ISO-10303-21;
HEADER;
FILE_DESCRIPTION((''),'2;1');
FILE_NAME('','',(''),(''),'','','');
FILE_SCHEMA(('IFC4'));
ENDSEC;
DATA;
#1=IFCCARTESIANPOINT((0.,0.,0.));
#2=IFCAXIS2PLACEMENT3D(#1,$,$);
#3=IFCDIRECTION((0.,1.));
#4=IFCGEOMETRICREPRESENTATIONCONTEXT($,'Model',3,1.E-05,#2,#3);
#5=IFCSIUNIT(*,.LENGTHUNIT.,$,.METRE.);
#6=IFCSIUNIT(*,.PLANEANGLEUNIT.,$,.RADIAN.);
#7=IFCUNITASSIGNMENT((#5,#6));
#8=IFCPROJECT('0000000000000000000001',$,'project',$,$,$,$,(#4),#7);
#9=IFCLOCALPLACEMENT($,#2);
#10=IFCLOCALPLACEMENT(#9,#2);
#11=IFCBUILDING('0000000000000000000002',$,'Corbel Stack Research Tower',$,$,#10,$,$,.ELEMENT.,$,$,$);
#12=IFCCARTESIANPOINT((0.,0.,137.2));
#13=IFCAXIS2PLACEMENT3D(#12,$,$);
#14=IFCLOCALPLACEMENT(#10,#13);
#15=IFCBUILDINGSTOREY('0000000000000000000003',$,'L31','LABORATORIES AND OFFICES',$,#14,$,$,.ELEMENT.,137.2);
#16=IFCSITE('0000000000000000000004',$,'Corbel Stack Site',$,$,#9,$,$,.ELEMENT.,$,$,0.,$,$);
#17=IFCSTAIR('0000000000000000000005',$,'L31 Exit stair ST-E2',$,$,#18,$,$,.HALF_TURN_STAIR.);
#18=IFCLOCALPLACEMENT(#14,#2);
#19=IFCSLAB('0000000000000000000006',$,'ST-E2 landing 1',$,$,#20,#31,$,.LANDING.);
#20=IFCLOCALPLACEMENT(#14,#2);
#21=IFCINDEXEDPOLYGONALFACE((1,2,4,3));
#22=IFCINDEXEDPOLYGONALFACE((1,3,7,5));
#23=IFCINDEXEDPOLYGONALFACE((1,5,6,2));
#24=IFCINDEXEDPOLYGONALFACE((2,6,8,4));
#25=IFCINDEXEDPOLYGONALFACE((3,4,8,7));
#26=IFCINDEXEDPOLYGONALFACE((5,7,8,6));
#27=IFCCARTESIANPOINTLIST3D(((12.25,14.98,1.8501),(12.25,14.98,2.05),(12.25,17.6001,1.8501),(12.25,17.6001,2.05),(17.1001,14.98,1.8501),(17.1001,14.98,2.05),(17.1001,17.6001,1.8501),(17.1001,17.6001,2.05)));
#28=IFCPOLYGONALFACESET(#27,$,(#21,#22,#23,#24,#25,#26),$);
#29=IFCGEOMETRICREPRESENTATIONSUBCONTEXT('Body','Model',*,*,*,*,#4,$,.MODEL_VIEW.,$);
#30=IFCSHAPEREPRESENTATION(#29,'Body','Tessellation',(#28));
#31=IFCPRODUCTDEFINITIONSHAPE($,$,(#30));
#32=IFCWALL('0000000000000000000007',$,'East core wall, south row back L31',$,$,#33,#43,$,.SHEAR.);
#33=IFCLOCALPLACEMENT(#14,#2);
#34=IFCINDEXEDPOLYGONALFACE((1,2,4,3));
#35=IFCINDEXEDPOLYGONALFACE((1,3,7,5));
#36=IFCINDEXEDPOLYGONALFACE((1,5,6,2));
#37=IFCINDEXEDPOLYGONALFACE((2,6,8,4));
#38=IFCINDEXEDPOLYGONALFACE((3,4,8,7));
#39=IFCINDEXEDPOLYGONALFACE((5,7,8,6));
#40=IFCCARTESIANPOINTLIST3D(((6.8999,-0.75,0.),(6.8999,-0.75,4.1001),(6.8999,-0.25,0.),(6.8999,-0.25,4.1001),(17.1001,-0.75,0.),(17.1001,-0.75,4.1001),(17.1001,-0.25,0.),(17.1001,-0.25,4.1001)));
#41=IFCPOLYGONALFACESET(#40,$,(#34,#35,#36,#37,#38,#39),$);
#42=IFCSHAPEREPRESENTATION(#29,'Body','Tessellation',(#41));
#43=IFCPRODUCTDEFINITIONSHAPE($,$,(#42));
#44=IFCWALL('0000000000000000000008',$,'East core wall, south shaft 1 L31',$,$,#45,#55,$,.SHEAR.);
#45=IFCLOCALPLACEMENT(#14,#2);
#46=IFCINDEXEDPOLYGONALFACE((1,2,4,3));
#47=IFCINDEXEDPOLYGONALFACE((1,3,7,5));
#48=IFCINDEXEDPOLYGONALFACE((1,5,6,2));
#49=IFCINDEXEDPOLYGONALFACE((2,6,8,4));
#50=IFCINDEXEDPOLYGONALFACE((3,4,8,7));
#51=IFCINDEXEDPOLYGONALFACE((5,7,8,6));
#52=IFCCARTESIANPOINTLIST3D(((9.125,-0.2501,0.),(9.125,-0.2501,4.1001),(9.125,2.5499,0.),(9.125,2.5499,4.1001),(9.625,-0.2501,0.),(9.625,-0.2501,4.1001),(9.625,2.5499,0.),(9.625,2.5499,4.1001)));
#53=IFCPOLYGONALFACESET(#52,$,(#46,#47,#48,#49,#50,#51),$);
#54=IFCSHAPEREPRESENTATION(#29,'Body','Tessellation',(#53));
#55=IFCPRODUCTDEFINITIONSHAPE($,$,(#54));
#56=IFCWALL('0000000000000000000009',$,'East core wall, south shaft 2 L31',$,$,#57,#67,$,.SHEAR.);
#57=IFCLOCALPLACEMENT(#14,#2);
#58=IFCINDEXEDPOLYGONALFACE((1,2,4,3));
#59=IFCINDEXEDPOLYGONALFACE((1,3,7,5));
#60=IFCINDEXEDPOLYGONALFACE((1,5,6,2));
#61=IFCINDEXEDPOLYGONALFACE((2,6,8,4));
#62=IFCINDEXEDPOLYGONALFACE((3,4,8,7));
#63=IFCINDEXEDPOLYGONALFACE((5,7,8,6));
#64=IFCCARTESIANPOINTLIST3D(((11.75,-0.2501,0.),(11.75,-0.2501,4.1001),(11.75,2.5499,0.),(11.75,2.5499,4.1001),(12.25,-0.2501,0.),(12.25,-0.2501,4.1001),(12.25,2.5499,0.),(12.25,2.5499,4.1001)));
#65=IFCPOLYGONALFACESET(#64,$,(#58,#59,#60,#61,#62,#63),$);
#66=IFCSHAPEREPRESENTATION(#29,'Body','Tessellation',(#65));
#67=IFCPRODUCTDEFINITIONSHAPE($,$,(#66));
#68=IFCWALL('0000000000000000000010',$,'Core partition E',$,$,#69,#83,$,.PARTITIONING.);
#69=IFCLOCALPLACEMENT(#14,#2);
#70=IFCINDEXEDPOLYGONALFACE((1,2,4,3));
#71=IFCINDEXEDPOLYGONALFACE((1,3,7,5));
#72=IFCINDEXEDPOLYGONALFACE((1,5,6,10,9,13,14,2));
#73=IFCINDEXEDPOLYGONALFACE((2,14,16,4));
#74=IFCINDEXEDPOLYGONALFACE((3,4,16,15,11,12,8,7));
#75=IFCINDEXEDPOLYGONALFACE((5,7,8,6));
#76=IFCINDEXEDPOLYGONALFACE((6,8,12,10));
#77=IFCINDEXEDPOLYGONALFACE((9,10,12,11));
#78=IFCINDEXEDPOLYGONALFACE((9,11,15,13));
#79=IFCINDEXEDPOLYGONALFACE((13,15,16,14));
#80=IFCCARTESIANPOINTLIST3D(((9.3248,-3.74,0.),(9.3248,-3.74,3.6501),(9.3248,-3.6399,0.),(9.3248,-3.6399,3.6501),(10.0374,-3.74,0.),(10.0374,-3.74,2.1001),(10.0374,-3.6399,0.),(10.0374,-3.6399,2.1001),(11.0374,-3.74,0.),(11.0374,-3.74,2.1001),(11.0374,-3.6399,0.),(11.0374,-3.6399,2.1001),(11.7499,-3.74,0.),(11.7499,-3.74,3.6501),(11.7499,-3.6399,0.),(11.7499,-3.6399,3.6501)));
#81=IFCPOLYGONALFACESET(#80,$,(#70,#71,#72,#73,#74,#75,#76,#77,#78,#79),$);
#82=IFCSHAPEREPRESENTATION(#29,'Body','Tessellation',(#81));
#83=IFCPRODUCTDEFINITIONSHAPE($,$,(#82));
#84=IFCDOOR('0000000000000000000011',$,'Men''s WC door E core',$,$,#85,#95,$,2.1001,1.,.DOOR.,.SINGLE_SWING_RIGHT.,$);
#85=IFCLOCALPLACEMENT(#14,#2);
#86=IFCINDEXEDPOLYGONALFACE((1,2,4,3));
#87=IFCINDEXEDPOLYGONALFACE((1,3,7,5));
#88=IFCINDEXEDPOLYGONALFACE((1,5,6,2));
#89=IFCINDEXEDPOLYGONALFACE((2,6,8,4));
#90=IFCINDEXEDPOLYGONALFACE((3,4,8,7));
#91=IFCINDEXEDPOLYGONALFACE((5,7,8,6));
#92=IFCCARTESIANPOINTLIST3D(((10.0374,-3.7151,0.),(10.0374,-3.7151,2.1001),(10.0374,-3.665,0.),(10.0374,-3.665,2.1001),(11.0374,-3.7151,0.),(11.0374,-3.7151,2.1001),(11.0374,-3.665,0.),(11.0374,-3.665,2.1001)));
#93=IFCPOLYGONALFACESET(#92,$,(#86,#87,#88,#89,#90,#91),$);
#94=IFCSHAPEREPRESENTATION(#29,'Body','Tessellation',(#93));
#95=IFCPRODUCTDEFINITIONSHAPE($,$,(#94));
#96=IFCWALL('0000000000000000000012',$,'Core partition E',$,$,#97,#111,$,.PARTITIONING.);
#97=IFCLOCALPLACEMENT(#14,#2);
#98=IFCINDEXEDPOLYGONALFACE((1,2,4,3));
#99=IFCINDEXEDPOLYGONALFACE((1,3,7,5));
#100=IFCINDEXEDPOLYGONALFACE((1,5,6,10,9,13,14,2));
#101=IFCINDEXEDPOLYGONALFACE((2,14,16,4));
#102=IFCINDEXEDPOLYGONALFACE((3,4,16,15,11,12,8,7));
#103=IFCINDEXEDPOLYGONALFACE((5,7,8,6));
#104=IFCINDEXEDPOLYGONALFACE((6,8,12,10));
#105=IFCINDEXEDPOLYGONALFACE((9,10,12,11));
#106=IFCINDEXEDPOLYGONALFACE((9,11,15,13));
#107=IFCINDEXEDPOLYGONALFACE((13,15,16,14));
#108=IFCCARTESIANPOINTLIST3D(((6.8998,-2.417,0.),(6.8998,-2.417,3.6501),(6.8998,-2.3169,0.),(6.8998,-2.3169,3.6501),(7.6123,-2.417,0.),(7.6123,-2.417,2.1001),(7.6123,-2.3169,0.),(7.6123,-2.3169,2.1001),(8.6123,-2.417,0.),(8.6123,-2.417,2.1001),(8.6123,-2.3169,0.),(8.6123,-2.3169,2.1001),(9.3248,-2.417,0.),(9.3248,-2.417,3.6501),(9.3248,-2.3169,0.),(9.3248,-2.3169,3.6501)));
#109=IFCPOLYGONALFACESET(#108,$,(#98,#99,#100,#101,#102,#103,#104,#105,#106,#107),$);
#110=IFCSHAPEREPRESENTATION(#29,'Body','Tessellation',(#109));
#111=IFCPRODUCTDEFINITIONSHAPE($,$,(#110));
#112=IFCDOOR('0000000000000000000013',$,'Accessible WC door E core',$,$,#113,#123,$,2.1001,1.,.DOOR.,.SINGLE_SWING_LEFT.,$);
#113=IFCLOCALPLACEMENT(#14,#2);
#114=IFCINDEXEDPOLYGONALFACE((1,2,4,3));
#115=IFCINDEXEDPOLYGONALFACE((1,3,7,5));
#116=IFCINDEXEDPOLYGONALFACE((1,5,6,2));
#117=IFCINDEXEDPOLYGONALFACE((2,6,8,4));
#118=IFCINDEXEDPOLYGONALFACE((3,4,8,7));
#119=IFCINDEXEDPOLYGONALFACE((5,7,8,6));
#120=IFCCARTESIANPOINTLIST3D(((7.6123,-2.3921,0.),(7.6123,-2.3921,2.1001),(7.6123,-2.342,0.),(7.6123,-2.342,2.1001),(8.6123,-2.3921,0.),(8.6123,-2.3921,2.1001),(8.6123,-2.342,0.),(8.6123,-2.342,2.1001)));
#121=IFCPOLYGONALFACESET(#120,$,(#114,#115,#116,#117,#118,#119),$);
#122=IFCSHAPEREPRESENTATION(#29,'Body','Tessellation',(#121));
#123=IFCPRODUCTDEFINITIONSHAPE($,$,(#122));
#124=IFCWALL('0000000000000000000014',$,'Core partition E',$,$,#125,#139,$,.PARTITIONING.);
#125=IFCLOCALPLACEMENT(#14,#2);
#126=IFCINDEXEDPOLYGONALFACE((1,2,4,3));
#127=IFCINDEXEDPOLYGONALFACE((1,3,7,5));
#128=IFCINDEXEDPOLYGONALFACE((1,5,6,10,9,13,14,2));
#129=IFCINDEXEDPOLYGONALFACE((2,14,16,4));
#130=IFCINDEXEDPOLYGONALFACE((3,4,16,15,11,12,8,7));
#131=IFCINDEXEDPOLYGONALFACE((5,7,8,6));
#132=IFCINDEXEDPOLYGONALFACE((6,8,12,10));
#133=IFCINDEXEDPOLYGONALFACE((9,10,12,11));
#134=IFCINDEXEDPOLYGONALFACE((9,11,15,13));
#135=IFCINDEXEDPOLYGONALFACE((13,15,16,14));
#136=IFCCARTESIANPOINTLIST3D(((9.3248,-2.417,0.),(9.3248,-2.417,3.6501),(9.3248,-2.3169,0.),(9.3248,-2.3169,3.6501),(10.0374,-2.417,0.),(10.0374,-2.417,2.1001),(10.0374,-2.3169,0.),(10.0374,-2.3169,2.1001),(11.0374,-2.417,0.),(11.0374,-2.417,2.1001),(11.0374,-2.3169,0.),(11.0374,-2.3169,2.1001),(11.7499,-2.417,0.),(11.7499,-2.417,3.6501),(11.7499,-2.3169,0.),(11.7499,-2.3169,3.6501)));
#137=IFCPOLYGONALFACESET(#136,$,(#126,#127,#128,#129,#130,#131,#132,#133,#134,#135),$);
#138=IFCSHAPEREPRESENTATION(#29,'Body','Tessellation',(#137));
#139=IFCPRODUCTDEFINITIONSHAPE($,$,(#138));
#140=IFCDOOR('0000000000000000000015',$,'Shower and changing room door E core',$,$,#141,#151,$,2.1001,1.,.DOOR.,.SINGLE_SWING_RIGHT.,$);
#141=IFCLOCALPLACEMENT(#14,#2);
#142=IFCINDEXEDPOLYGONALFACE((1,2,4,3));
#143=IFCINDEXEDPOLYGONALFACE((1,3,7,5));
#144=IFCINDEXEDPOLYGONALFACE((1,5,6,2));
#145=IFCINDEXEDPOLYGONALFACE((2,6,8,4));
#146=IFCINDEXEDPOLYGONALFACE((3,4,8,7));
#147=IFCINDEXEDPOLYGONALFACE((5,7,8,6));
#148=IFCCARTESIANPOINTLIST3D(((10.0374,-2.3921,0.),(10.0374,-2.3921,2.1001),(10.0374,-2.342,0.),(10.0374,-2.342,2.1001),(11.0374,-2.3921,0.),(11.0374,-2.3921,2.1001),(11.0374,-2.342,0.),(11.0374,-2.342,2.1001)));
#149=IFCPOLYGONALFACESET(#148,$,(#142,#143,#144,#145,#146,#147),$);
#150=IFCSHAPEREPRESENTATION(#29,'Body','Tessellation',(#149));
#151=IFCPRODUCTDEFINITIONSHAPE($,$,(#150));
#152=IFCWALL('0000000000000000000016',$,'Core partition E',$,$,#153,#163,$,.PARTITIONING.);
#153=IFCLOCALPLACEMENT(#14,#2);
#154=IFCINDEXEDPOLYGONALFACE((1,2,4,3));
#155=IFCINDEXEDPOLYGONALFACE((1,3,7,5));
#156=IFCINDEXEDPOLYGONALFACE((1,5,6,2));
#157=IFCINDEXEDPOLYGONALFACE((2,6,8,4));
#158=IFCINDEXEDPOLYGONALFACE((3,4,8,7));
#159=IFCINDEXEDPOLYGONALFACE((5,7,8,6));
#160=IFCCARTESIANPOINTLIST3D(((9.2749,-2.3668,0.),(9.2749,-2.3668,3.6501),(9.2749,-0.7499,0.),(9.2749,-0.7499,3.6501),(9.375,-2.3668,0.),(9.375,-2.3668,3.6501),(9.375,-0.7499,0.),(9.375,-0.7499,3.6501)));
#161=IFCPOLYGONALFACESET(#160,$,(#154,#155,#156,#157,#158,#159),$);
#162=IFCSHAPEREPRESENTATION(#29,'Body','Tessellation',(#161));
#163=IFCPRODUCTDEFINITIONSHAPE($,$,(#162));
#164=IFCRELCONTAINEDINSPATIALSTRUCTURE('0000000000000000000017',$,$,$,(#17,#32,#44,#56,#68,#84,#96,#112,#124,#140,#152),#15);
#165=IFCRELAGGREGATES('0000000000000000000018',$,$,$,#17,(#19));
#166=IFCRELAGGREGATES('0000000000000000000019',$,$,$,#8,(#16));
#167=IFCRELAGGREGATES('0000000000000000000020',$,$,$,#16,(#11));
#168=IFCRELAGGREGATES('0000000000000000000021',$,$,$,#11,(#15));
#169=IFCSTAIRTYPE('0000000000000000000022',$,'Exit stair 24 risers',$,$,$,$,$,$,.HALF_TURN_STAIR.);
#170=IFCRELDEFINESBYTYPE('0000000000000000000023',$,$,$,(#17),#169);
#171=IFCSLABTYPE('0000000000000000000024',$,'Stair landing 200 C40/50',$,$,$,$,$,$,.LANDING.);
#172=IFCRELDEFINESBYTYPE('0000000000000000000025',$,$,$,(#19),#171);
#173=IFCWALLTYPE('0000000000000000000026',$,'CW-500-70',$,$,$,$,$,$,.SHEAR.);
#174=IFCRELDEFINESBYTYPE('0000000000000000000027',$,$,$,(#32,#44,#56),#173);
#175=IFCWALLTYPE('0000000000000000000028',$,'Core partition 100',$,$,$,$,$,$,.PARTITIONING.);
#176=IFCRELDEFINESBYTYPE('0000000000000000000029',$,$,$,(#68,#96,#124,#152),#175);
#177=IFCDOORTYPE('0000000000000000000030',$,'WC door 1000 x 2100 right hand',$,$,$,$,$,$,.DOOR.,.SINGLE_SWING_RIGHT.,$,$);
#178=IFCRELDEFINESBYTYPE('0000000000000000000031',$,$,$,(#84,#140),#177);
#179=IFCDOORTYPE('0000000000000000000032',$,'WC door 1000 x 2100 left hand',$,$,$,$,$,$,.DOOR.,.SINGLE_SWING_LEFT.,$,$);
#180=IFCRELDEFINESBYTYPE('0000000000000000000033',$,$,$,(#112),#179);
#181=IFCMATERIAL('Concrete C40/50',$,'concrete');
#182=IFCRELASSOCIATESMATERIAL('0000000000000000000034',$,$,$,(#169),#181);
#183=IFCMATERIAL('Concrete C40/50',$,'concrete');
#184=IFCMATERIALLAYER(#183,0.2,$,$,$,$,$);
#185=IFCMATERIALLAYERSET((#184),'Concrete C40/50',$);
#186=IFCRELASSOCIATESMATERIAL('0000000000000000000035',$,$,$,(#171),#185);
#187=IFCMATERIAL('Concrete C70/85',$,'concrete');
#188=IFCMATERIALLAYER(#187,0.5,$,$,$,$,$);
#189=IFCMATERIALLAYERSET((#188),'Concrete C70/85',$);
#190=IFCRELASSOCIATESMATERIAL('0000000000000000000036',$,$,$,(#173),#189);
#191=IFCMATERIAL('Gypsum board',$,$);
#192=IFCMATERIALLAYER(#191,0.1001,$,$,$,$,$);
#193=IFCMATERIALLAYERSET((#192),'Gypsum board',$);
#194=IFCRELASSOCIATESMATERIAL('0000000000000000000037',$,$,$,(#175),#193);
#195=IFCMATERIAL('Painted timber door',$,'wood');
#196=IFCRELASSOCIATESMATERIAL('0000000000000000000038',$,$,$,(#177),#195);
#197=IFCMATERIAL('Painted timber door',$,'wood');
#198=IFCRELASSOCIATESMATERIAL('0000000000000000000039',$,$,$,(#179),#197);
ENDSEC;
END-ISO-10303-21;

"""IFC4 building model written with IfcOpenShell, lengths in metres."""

from ifc_helpers import new_model, si_unit, direction, frame, frame_2d, origin, place, context, subcontext, project, spatial, polyline, rectangle, outline, extrude, material, layer, layer_set, type_object, element, fill, aggregate, save


model = new_model("IFC4")

# Units and contexts
model_context = context("Model", 3, precision=1e-05, world=origin(), true_north=direction((0.0, 1.0)))
body_context = subcontext(model_context, "Body", "Model", "MODEL_VIEW")
ifc_project = project(units=[si_unit("LENGTHUNIT", "METRE"), si_unit("PLANEANGLEUNIT", "RADIAN")], contexts=[model_context])

# Site, building, storey
site_placement = place(None, origin())
site = spatial("IfcSite", under=ifc_project, at=site_placement, Name="Corbel Stack Site", CompositionType="ELEMENT", RefElevation=0.0)
building_placement = place(site_placement, origin())
building = spatial("IfcBuilding", under=site, at=building_placement, Name="Corbel Stack Research Tower", CompositionType="ELEMENT")
storey_placement = place(building_placement, frame((0.0, 0.0, 137.2)))
storey = spatial("IfcBuildingStorey", under=building, at=storey_placement, Name="L31", Description="LABORATORIES AND OFFICES", CompositionType="ELEMENT", Elevation=137.2)

# Stair, slab
ifc_material_1 = material(Name="Concrete C40/50", Category="concrete")
stair_type = type_object("IfcStairType", Name="Exit stair 24 risers", PredefinedType="HALF_TURN_STAIR", material=ifc_material_1)
ifc_material_2 = material(Name="Concrete C40/50", Category="concrete")
ifc_layer_1 = layer(ifc_material_2, 0.2)
ifc_layer_set_1 = layer_set([ifc_layer_1], Name="Concrete C40/50")
slab_type_1 = type_object("IfcSlabType", Name="Stair landing 200 C40/50", PredefinedType="LANDING", material=ifc_layer_set_1)
stair_1_placement = place(storey_placement, origin())
stair_1 = element("IfcStair", 1, at=stair_1_placement, inside=storey, type_object=stair_type, Name="L31 Exit stair ST-E2", PredefinedType="HALF_TURN_STAIR")
slab_1_placement = place(storey_placement, frame((0.0, 0.0, 1.8501)))
slab_1 = element("IfcSlab", 2, at=slab_1_placement, type_object=slab_type_1, Name="ST-E2 landing 1", PredefinedType="LANDING", context=body_context, shape_type="SweptSolid", body=[
    extrude(outline(polyline([(12.25, 14.98), (12.25, 17.6001), (17.1001, 17.6001), (17.1001, 14.98), (12.25, 14.98)])), origin(), (0.0, 0.0, 1.0), 0.2),
])
aggregate(stair_1, [slab_1])

# Walls
ifc_material_3 = material(Name="Concrete C70/85", Category="concrete")
ifc_layer_2 = layer(ifc_material_3, 0.5)
ifc_layer_set_2 = layer_set([ifc_layer_2], Name="Concrete C70/85")
wall_type_1 = type_object("IfcWallType", Name="CW-500-70", PredefinedType="SHEAR", material=ifc_layer_set_2)
wall_1_placement = place(storey_placement, frame((6.8999, -0.5, 0.0), z_axis=(0.0, 0.0, 1.0), x_axis=(1.0, 0.0, 0.0)))
element("IfcWall", 3, at=wall_1_placement, inside=storey, type_object=wall_type_1, Name="East core wall, south row back L31", PredefinedType="SHEAR", context=body_context, shape_type="SweptSolid", body=[
    extrude(rectangle(XDim=10.2002, YDim=0.5, at=frame_2d((5.1001, 0.0))), origin(), (0.0, 0.0, 1.0), 4.1001),
])
for number, where, z_axis, x_axis, name in (
    (4, (9.375, -0.25, 0.0), (0.0, 0.0, 1.0), (0.0, 1.0, 0.0), "East core wall, south shaft 1 L31"),
    (5, (12.0, -0.25, 0.0), (0.0, 0.0, 1.0), (0.0, 1.0, 0.0), "East core wall, south shaft 2 L31"),
):
    element("IfcWall", number, at=place(storey_placement, frame(where, z_axis=z_axis, x_axis=x_axis)), inside=storey, type_object=wall_type_1, Name=name, PredefinedType="SHEAR", context=body_context, shape_type="SweptSolid", body=[
        extrude(rectangle(XDim=2.8, YDim=0.5, at=frame_2d((1.3999, 0.0))), origin(), (0.0, 0.0, 1.0), 4.1001),
    ])

# Walls, openings, doors
ifc_material_4 = material(Name="Gypsum board")
ifc_layer_3 = layer(ifc_material_4, 0.1001)
ifc_layer_set_3 = layer_set([ifc_layer_3], Name="Gypsum board")
wall_type_2 = type_object("IfcWallType", Name="Core partition 100", PredefinedType="PARTITIONING", material=ifc_layer_set_3)
wall_2_placement = place(storey_placement, frame((9.325, -3.6899, 0.0), z_axis=(0.0, 0.0, 1.0), x_axis=(1.0, 0.0, 0.0)))
wall_2 = element("IfcWall", 6, at=wall_2_placement, inside=storey, type_object=wall_type_2, Name="Core partition E", PredefinedType="PARTITIONING", context=body_context, shape_type="SweptSolid", body=[
    extrude(rectangle(XDim=2.425, YDim=0.1001, at=frame_2d((1.2124, 0.0))), origin(), (0.0, 0.0, 1.0), 3.6501),
])
opening_1_placement = place(wall_2_placement, frame((0.7124, 0.0, 0.0)))
opening_1 = element("IfcOpeningElement", 7, at=opening_1_placement, cuts=wall_2, PredefinedType="OPENING", context=body_context, shape_type="SweptSolid", body=[
    extrude(rectangle(XDim=1.0, YDim=2.1001, at=frame_2d((0.5, 1.05))), frame((0.0, 0.0601, 0.0), z_axis=(0.0, -1.0, 0.0), x_axis=(1.0, 0.0, 0.0)), (0.0, 0.0, 1.0), 0.1201),
])
ifc_material_5 = material(Name="Painted timber door", Category="wood")
door_type_1 = type_object("IfcDoorType", Name="WC door 1000 x 2100 right hand", OperationType="SINGLE_SWING_RIGHT", PredefinedType="DOOR", material=ifc_material_5)
door_1_placement = place(opening_1_placement, origin())
door_1 = element("IfcDoor", 8, at=door_1_placement, inside=storey, type_object=door_type_1, Name="Men's WC door E core", OperationType="SINGLE_SWING_RIGHT", OverallHeight=2.1001, OverallWidth=1.0, PredefinedType="DOOR", context=body_context, shape_type="SweptSolid", body=[
    extrude(rectangle(XDim=1.0, YDim=2.1001, at=frame_2d((0.5, 1.05))), frame((0.0, 0.0249, 0.0), z_axis=(0.0, -1.0, 0.0), x_axis=(1.0, 0.0, 0.0)), (0.0, 0.0, 1.0), 0.05),
])
fill(opening_1, door_1)
wall_3_placement = place(storey_placement, frame((6.8999, -2.3669, 0.0), z_axis=(0.0, 0.0, 1.0), x_axis=(1.0, 0.0, 0.0)))
wall_3 = element("IfcWall", 9, at=wall_3_placement, inside=storey, type_object=wall_type_2, Name="Core partition E", PredefinedType="PARTITIONING", context=body_context, shape_type="SweptSolid", body=[
    extrude(rectangle(XDim=2.425, YDim=0.1001, at=frame_2d((1.2124, 0.0))), origin(), (0.0, 0.0, 1.0), 3.6501),
])
opening_2_placement = place(wall_3_placement, frame((0.7124, 0.0, 0.0)))
opening_2 = element("IfcOpeningElement", 10, at=opening_2_placement, cuts=wall_3, PredefinedType="OPENING", context=body_context, shape_type="SweptSolid", body=[
    extrude(rectangle(XDim=1.0, YDim=2.1001, at=frame_2d((0.5, 1.05))), frame((0.0, 0.0601, 0.0), z_axis=(0.0, -1.0, 0.0), x_axis=(1.0, 0.0, 0.0)), (0.0, 0.0, 1.0), 0.1201),
])
ifc_material_6 = material(Name="Painted timber door", Category="wood")
door_type_2 = type_object("IfcDoorType", Name="WC door 1000 x 2100 left hand", OperationType="SINGLE_SWING_LEFT", PredefinedType="DOOR", material=ifc_material_6)
door_2_placement = place(opening_2_placement, origin())
door_2 = element("IfcDoor", 11, at=door_2_placement, inside=storey, type_object=door_type_2, Name="Accessible WC door E core", OperationType="SINGLE_SWING_LEFT", OverallHeight=2.1001, OverallWidth=1.0, PredefinedType="DOOR", context=body_context, shape_type="SweptSolid", body=[
    extrude(rectangle(XDim=1.0, YDim=2.1001, at=frame_2d((0.5, 1.05))), frame((0.0, 0.0249, 0.0), z_axis=(0.0, -1.0, 0.0), x_axis=(1.0, 0.0, 0.0)), (0.0, 0.0, 1.0), 0.05),
])
fill(opening_2, door_2)
wall_4_placement = place(storey_placement, frame((9.325, -2.3669, 0.0), z_axis=(0.0, 0.0, 1.0), x_axis=(1.0, 0.0, 0.0)))
wall_4 = element("IfcWall", 12, at=wall_4_placement, inside=storey, type_object=wall_type_2, Name="Core partition E", PredefinedType="PARTITIONING", context=body_context, shape_type="SweptSolid", body=[
    extrude(rectangle(XDim=2.425, YDim=0.1001, at=frame_2d((1.2124, 0.0))), origin(), (0.0, 0.0, 1.0), 3.6501),
])
opening_3_placement = place(wall_4_placement, frame((0.7124, 0.0, 0.0)))
opening_3 = element("IfcOpeningElement", 13, at=opening_3_placement, cuts=wall_4, PredefinedType="OPENING", context=body_context, shape_type="SweptSolid", body=[
    extrude(rectangle(XDim=1.0, YDim=2.1001, at=frame_2d((0.5, 1.05))), frame((0.0, 0.0601, 0.0), z_axis=(0.0, -1.0, 0.0), x_axis=(1.0, 0.0, 0.0)), (0.0, 0.0, 1.0), 0.1201),
])
door_3_placement = place(opening_3_placement, origin())
door_3 = element("IfcDoor", 14, at=door_3_placement, inside=storey, type_object=door_type_1, Name="Shower and changing room door E core", OperationType="SINGLE_SWING_RIGHT", OverallHeight=2.1001, OverallWidth=1.0, PredefinedType="DOOR", context=body_context, shape_type="SweptSolid", body=[
    extrude(rectangle(XDim=1.0, YDim=2.1001, at=frame_2d((0.5, 1.05))), frame((0.0, 0.0249, 0.0), z_axis=(0.0, -1.0, 0.0), x_axis=(1.0, 0.0, 0.0)), (0.0, 0.0, 1.0), 0.05),
])
fill(opening_3, door_3)

# Wall
wall_5_placement = place(storey_placement, frame((9.325, -2.3669, 0.0), z_axis=(0.0, 0.0, 1.0), x_axis=(0.0, 1.0, 0.0)))
element("IfcWall", 15, at=wall_5_placement, inside=storey, type_object=wall_type_2, Name="Core partition E", PredefinedType="PARTITIONING", context=body_context, shape_type="SweptSolid", body=[
    extrude(rectangle(XDim=1.6169, YDim=0.1001, at=frame_2d((0.8086, 0.0))), origin(), (0.0, 0.0, 1.0), 3.6501),
])

save(model, "model.ifc")
